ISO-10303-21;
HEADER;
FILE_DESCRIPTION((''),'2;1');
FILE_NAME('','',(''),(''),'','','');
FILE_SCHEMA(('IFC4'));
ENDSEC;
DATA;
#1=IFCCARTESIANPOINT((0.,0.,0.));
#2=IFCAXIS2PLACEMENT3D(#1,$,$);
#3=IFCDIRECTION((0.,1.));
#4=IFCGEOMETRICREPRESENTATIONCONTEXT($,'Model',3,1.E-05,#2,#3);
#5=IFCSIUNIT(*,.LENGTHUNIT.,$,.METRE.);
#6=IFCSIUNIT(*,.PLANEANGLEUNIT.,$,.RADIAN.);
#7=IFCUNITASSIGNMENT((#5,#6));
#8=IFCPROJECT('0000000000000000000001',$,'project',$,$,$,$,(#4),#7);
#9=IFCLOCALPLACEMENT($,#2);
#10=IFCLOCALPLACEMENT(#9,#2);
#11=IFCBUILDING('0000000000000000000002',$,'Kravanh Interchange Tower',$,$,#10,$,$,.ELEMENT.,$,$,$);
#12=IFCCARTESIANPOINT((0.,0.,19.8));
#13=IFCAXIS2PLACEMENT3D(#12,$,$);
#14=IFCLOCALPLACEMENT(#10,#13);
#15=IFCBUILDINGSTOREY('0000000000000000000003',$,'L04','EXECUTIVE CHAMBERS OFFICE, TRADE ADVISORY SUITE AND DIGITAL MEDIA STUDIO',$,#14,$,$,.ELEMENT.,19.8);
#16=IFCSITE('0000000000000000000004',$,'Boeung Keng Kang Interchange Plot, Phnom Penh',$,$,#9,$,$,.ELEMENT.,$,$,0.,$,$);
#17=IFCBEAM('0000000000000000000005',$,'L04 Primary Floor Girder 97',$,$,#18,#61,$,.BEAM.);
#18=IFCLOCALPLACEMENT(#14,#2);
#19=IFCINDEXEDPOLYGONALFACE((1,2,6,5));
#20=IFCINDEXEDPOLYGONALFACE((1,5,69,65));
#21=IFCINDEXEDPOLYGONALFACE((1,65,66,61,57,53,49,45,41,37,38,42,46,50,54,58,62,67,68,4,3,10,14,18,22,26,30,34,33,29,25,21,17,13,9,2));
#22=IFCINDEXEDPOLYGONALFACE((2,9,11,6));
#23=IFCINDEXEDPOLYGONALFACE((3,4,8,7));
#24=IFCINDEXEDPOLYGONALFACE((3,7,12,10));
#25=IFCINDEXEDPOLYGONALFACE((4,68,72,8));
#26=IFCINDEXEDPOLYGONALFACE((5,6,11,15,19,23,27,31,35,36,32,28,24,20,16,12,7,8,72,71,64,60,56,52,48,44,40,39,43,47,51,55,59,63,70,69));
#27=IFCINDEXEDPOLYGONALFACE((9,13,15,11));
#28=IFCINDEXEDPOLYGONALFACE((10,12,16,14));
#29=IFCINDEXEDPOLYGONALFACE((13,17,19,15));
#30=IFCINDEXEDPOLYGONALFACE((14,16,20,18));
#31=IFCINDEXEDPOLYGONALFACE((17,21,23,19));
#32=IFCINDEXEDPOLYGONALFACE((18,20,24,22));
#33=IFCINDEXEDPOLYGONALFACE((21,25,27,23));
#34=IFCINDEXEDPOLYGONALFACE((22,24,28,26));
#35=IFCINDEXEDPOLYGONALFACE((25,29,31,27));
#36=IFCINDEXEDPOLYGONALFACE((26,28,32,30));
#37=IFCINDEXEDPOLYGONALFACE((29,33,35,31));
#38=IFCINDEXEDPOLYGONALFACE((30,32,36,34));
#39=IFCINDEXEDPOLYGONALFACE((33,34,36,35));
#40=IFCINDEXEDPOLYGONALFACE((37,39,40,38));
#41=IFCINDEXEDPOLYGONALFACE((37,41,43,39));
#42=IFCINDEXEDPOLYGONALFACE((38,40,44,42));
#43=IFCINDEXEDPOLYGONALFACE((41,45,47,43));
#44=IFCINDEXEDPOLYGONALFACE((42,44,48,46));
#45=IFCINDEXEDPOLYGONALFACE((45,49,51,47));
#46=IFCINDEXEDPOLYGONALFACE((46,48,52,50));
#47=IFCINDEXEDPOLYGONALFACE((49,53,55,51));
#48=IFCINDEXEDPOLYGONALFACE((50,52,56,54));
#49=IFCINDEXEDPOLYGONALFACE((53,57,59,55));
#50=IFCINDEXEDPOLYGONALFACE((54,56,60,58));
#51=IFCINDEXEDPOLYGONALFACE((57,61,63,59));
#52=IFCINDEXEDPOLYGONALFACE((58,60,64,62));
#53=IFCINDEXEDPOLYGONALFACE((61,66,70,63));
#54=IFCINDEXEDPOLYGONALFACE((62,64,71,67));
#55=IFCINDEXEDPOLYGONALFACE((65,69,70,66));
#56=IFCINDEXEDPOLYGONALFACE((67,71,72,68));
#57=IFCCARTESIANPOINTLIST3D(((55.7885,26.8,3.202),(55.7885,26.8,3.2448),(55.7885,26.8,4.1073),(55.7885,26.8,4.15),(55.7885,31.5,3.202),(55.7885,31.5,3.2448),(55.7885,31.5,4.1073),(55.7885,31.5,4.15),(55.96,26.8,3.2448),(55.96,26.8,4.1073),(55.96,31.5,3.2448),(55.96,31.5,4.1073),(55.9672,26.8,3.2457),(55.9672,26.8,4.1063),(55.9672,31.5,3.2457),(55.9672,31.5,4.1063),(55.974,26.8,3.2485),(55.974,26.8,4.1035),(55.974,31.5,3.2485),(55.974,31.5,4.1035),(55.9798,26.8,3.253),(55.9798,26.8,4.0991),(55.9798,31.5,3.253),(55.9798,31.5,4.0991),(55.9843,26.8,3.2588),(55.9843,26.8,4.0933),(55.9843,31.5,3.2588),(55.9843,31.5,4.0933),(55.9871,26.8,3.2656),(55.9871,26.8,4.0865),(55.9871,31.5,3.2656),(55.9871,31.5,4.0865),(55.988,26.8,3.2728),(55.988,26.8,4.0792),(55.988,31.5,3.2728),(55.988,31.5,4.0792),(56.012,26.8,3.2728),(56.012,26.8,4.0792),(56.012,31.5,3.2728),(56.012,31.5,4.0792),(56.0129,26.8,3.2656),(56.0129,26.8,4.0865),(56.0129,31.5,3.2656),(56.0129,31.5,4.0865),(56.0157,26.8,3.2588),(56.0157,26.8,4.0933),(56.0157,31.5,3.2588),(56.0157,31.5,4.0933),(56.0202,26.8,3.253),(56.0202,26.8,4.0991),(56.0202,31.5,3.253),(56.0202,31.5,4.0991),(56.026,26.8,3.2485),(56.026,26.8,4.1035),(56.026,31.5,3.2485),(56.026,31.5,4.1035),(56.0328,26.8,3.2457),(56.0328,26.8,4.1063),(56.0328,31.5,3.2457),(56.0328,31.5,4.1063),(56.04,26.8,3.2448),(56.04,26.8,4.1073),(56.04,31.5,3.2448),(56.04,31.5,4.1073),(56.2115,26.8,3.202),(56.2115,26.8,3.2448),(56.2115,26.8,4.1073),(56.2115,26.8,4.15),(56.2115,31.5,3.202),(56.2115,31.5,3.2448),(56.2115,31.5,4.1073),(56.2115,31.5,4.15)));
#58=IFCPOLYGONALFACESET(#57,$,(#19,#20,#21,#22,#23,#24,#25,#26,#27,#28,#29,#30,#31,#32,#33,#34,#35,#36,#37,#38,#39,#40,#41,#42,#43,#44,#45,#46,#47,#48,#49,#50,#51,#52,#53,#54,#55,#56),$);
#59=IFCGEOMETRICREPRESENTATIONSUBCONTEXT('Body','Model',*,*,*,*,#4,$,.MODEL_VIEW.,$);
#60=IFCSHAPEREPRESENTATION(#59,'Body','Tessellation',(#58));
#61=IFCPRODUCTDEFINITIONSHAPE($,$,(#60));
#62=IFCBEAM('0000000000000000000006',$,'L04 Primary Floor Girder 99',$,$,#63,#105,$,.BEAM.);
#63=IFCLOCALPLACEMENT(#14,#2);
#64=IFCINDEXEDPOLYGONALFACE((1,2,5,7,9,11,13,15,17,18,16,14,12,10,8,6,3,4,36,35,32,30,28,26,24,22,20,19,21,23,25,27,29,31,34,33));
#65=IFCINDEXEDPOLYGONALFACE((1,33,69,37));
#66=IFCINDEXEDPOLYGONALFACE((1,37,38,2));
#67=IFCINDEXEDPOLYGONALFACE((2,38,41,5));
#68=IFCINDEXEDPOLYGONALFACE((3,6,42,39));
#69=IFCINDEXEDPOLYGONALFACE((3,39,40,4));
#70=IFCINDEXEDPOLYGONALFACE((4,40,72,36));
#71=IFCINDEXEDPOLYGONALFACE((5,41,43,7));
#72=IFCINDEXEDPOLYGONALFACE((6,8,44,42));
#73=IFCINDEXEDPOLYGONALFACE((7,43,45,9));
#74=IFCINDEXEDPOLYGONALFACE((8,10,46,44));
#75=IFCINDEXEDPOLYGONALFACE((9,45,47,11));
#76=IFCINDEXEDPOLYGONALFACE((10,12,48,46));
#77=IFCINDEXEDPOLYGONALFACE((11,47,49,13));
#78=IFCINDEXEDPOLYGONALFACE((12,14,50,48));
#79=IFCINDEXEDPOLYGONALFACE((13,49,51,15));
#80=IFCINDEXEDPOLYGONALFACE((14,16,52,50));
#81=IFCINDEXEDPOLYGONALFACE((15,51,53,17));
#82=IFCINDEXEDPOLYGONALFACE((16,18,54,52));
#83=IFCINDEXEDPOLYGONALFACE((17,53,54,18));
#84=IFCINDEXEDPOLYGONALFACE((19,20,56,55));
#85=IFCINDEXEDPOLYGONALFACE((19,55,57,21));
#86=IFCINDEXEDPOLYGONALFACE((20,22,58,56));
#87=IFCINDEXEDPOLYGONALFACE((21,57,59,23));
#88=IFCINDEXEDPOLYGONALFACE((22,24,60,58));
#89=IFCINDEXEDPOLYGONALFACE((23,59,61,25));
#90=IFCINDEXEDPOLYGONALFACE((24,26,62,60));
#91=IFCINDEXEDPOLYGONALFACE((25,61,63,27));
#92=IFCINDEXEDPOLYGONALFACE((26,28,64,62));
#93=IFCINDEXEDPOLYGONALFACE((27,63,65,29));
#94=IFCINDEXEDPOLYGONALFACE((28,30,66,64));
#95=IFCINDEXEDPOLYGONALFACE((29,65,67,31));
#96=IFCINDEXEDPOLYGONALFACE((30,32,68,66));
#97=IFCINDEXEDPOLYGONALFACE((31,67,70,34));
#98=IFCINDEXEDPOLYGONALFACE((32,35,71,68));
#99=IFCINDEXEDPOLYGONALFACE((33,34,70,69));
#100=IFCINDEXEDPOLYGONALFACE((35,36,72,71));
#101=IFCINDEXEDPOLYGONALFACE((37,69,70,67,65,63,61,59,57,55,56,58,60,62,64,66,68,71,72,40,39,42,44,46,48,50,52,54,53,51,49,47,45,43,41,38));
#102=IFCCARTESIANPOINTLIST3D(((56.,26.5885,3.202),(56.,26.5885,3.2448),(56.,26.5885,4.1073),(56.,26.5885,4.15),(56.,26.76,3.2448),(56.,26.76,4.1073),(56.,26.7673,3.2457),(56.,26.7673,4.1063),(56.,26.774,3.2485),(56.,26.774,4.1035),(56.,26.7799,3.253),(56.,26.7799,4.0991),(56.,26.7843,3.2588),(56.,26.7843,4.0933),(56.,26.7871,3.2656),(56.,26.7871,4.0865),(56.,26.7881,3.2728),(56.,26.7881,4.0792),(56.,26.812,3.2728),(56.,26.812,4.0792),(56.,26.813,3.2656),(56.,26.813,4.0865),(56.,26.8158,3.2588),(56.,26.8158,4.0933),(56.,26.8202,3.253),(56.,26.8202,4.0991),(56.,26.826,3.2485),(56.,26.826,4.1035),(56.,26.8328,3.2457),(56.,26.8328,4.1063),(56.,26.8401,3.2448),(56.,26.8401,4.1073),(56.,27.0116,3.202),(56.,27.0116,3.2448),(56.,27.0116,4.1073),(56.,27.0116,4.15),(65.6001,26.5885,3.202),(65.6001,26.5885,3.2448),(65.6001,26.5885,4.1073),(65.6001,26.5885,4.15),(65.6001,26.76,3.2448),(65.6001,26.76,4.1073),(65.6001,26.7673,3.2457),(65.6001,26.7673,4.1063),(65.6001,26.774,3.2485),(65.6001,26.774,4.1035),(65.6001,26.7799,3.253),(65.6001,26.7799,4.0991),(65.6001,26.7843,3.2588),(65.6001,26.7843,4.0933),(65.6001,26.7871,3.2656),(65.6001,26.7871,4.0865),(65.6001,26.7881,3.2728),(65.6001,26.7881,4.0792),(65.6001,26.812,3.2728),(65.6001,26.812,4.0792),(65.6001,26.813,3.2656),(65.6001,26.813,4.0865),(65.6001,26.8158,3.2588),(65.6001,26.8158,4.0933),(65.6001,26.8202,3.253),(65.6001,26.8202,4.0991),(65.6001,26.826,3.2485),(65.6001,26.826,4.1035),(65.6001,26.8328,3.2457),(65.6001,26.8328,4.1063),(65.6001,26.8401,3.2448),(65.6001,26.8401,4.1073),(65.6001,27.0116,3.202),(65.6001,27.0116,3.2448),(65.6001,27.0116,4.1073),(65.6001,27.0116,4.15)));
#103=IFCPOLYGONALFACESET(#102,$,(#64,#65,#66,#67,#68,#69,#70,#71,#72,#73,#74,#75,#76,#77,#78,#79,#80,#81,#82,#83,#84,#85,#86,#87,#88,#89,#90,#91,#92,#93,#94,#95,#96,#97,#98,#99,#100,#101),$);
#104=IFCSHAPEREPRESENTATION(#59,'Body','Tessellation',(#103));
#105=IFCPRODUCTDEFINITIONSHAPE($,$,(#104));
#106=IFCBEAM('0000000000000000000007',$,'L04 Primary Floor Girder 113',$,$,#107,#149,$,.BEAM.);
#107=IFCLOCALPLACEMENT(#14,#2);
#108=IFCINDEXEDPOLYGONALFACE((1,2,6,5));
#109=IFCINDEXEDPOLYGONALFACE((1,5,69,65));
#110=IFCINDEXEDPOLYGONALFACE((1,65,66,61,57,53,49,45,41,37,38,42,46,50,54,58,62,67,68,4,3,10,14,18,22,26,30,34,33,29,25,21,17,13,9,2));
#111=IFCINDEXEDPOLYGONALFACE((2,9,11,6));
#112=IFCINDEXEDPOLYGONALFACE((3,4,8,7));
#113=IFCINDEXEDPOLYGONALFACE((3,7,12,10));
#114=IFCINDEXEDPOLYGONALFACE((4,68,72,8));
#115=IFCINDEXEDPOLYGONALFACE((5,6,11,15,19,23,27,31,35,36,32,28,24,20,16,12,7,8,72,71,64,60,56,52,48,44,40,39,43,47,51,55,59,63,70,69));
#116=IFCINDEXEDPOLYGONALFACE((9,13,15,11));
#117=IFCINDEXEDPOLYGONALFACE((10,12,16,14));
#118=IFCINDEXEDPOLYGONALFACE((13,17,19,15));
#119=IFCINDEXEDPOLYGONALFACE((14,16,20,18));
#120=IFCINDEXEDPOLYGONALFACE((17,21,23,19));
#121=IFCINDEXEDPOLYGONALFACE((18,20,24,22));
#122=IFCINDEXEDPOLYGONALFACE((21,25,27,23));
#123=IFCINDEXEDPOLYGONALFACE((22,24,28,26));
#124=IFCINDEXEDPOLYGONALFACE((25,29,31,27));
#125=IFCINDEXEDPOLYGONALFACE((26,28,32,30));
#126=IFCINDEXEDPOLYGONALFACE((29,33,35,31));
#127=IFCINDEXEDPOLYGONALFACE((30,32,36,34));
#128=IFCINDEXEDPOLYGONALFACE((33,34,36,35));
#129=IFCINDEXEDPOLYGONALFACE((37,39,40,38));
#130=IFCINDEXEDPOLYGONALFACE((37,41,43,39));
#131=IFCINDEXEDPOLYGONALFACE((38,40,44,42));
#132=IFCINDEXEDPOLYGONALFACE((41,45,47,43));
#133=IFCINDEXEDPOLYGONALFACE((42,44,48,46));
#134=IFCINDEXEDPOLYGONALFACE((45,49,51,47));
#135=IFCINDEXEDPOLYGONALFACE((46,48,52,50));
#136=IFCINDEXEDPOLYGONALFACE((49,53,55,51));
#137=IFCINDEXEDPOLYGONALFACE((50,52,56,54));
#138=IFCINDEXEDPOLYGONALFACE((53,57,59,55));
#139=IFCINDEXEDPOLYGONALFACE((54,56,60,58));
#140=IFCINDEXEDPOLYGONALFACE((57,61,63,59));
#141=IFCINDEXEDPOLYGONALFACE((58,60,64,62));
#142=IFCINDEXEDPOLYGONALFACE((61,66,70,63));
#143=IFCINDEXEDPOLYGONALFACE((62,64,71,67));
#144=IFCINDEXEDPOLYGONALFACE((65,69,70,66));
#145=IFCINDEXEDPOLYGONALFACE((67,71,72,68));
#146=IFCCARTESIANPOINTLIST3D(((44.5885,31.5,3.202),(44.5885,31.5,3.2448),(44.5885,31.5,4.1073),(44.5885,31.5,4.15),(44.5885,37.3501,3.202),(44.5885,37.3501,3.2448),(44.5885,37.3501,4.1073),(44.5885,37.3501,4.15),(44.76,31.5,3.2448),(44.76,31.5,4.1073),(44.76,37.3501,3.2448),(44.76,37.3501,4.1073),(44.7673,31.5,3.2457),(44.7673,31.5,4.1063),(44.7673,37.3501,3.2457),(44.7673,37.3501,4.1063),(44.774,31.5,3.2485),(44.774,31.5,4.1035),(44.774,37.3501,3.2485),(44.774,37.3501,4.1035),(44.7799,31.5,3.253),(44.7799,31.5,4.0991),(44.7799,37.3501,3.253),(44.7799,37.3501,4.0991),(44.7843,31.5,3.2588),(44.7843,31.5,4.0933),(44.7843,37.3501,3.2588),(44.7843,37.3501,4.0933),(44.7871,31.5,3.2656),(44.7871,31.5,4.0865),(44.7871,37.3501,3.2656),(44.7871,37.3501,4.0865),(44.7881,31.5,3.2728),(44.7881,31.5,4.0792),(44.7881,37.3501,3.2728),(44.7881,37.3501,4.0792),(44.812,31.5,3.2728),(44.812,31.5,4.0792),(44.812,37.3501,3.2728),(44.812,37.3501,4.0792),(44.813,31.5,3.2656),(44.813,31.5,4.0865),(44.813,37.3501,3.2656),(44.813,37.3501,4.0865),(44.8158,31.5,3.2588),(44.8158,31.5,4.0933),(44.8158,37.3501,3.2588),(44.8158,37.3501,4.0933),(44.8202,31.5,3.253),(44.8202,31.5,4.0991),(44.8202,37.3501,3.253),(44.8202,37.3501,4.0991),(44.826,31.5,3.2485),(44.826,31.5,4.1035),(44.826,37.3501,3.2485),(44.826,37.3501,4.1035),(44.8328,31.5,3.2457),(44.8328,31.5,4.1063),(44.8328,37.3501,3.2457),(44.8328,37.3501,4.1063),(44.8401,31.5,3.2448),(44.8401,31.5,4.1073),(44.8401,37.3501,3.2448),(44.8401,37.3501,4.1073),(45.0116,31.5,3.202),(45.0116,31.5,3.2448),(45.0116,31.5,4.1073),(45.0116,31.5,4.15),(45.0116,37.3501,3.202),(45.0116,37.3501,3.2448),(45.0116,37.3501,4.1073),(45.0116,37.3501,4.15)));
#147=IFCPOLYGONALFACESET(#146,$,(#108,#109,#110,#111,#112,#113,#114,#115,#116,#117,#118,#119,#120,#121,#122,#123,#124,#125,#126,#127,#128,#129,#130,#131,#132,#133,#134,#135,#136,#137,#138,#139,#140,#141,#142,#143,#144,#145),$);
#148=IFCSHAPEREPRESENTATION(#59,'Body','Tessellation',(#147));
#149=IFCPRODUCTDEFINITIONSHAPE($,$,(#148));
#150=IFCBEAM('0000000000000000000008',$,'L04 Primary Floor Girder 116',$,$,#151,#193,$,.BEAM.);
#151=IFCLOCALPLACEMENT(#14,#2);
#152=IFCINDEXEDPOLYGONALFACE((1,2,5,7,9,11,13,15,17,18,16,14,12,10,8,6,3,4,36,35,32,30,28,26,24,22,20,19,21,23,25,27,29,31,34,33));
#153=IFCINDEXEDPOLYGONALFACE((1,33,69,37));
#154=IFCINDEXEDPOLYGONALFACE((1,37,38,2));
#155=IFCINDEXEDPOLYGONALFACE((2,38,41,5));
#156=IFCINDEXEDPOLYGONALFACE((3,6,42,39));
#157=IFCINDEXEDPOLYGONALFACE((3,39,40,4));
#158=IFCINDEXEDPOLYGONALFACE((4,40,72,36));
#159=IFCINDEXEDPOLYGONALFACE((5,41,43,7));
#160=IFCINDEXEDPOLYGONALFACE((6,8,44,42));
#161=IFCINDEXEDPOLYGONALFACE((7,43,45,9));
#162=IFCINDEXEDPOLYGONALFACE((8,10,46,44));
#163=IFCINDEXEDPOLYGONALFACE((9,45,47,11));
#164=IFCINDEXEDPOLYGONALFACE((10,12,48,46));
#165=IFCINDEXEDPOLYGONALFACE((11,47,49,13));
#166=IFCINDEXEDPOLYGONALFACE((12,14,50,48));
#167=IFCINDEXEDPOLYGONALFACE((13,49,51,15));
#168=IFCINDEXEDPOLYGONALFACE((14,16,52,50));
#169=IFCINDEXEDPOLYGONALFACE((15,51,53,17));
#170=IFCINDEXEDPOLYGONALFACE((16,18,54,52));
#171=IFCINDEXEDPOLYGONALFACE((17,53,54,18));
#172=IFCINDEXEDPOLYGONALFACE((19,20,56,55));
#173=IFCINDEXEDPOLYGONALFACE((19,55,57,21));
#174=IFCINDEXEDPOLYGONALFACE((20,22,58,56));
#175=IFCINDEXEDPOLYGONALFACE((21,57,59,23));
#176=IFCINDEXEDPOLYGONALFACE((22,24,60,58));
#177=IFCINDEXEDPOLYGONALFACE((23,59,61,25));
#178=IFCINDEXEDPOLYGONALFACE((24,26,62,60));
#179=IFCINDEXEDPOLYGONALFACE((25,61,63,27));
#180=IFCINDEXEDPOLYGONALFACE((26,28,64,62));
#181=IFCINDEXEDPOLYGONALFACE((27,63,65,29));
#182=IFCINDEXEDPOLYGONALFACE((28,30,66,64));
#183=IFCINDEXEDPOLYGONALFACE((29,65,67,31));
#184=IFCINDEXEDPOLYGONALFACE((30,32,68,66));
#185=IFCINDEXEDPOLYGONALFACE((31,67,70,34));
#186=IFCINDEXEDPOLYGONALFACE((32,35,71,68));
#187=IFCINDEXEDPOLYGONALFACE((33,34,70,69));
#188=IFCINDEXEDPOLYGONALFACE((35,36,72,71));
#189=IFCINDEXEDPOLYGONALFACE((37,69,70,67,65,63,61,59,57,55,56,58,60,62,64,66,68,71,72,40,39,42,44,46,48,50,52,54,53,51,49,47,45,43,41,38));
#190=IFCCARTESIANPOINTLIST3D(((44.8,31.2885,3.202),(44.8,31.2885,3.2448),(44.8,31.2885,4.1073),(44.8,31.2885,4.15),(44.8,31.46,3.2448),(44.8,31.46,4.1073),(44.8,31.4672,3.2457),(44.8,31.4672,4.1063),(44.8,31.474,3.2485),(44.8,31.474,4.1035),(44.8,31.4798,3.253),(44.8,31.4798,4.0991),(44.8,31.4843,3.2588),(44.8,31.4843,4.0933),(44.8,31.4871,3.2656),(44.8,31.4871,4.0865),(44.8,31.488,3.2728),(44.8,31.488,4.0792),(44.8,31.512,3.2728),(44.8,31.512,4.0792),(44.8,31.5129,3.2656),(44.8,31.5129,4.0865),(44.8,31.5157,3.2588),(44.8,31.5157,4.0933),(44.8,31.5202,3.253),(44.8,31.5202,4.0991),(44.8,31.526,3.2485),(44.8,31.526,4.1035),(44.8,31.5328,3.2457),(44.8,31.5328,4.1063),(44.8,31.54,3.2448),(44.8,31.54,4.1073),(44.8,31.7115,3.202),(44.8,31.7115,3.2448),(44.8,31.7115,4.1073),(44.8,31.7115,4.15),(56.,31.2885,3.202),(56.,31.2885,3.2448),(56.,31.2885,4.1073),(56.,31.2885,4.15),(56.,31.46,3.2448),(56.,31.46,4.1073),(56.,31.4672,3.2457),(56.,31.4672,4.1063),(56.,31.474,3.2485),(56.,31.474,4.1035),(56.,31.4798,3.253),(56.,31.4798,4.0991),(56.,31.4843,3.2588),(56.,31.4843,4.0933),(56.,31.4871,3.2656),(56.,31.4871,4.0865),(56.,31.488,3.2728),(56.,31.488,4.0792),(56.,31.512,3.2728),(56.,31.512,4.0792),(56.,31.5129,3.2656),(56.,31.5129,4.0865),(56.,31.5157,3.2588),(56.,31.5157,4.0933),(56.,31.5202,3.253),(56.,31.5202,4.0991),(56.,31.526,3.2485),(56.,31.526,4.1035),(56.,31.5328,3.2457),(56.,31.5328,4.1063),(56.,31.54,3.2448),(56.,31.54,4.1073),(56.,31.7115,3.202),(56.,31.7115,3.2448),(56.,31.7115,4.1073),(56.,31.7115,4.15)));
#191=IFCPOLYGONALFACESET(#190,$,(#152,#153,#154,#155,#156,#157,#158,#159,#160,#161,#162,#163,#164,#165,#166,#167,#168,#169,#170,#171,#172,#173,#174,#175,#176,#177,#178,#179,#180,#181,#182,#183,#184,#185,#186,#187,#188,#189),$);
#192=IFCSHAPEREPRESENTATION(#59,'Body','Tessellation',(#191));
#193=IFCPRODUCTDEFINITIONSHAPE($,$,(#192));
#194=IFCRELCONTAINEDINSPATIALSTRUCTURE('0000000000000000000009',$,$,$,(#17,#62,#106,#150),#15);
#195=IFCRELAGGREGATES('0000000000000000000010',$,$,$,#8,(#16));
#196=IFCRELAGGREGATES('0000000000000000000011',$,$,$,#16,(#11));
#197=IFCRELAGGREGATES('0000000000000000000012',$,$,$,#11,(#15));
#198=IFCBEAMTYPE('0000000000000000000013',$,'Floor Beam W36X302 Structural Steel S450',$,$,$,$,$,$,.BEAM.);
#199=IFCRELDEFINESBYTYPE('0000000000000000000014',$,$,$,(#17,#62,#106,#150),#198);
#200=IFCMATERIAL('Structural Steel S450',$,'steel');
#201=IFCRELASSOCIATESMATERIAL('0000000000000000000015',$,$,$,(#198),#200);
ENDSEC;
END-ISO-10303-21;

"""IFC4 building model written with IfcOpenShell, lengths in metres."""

from ifc_helpers import new_model, si_unit, direction, frame, origin, origin_2d, place, context, subcontext, project, spatial, i_section, extrude, material, material_profile, profile_set, type_object, element, save


model = new_model("IFC4")

# Units and contexts
model_context = context("Model", 3, precision=1e-05, world=origin(), true_north=direction((0.0, 1.0)))
body_context = subcontext(model_context, "Body", "Model", "MODEL_VIEW")
ifc_project = project(units=[si_unit("LENGTHUNIT", "METRE"), si_unit("PLANEANGLEUNIT", "RADIAN")], contexts=[model_context])

# Site, building, storey
site_placement = place(None, origin())
site = spatial("IfcSite", under=ifc_project, at=site_placement, Name="Boeung Keng Kang Interchange Plot, Phnom Penh", CompositionType="ELEMENT", RefElevation=0.0)
building_placement = place(site_placement, origin())
building = spatial("IfcBuilding", under=site, at=building_placement, Name="Kravanh Interchange Tower", CompositionType="ELEMENT")
storey_placement = place(building_placement, frame((0.0, 0.0, 19.8)))
storey = spatial("IfcBuildingStorey", under=building, at=storey_placement, Name="L04", Description="EXECUTIVE CHAMBERS OFFICE, TRADE ADVISORY SUITE AND DIGITAL MEDIA STUDIO", CompositionType="ELEMENT", Elevation=19.8)

# Beams
ifc_material_1 = material(Name="Structural Steel S450", Category="steel")
ifc_material_profile_1 = material_profile(ifc_material_1, i_section(OverallWidth=0.4231, OverallDepth=0.948, WebThickness=0.0239, FlangeThickness=0.0427, FilletRadius=0.0281, at=origin_2d()), Name="W36X302")
ifc_profile_set_1 = profile_set([ifc_material_profile_1], Name="Structural Steel S450")
beam_type_1 = type_object("IfcBeamType", Name="Floor Beam W36X302 Structural Steel S450", PredefinedType="BEAM", material=ifc_profile_set_1)
beam_1_placement = place(storey_placement, frame((56.0, 26.8, 3.676), z_axis=(0.0, 1.0, 0.0), x_axis=(-1.0, 0.0, 0.0)))
element("IfcBeam", 1, at=beam_1_placement, inside=storey, type_object=beam_type_1, Name="L04 Primary Floor Girder 97", PredefinedType="BEAM", context=body_context, shape_type="SweptSolid", body=[
    extrude(i_section(OverallWidth=0.4231, OverallDepth=0.948, WebThickness=0.0239, FlangeThickness=0.0427, FilletRadius=0.0281, at=origin_2d()), origin(), (0.0, 0.0, 1.0), 4.7),
])
beam_2_placement = place(storey_placement, frame((56.0, 26.8, 3.676), z_axis=(1.0, 0.0, 0.0), x_axis=(0.0, 1.0, 0.0)))
element("IfcBeam", 2, at=beam_2_placement, inside=storey, type_object=beam_type_1, Name="L04 Primary Floor Girder 99", PredefinedType="BEAM", context=body_context, shape_type="SweptSolid", body=[
    extrude(i_section(OverallWidth=0.4231, OverallDepth=0.948, WebThickness=0.0239, FlangeThickness=0.0427, FilletRadius=0.0281, at=origin_2d()), origin(), (0.0, 0.0, 1.0), 9.6001),
])
beam_3_placement = place(storey_placement, frame((44.8, 31.5, 3.676), z_axis=(0.0, 1.0, 0.0), x_axis=(-1.0, 0.0, 0.0)))
element("IfcBeam", 3, at=beam_3_placement, inside=storey, type_object=beam_type_1, Name="L04 Primary Floor Girder 113", PredefinedType="BEAM", context=body_context, shape_type="SweptSolid", body=[
    extrude(i_section(OverallWidth=0.4231, OverallDepth=0.948, WebThickness=0.0239, FlangeThickness=0.0427, FilletRadius=0.0281, at=origin_2d()), origin(), (0.0, 0.0, 1.0), 5.8501),
])
beam_4_placement = place(storey_placement, frame((44.8, 31.5, 3.676), z_axis=(1.0, 0.0, 0.0), x_axis=(0.0, 1.0, 0.0)))
element("IfcBeam", 4, at=beam_4_placement, inside=storey, type_object=beam_type_1, Name="L04 Primary Floor Girder 116", PredefinedType="BEAM", context=body_context, shape_type="SweptSolid", body=[
    extrude(i_section(OverallWidth=0.4231, OverallDepth=0.948, WebThickness=0.0239, FlangeThickness=0.0427, FilletRadius=0.0281, at=origin_2d()), origin(), (0.0, 0.0, 1.0), 11.2),
])

save(model, "model.ifc")
